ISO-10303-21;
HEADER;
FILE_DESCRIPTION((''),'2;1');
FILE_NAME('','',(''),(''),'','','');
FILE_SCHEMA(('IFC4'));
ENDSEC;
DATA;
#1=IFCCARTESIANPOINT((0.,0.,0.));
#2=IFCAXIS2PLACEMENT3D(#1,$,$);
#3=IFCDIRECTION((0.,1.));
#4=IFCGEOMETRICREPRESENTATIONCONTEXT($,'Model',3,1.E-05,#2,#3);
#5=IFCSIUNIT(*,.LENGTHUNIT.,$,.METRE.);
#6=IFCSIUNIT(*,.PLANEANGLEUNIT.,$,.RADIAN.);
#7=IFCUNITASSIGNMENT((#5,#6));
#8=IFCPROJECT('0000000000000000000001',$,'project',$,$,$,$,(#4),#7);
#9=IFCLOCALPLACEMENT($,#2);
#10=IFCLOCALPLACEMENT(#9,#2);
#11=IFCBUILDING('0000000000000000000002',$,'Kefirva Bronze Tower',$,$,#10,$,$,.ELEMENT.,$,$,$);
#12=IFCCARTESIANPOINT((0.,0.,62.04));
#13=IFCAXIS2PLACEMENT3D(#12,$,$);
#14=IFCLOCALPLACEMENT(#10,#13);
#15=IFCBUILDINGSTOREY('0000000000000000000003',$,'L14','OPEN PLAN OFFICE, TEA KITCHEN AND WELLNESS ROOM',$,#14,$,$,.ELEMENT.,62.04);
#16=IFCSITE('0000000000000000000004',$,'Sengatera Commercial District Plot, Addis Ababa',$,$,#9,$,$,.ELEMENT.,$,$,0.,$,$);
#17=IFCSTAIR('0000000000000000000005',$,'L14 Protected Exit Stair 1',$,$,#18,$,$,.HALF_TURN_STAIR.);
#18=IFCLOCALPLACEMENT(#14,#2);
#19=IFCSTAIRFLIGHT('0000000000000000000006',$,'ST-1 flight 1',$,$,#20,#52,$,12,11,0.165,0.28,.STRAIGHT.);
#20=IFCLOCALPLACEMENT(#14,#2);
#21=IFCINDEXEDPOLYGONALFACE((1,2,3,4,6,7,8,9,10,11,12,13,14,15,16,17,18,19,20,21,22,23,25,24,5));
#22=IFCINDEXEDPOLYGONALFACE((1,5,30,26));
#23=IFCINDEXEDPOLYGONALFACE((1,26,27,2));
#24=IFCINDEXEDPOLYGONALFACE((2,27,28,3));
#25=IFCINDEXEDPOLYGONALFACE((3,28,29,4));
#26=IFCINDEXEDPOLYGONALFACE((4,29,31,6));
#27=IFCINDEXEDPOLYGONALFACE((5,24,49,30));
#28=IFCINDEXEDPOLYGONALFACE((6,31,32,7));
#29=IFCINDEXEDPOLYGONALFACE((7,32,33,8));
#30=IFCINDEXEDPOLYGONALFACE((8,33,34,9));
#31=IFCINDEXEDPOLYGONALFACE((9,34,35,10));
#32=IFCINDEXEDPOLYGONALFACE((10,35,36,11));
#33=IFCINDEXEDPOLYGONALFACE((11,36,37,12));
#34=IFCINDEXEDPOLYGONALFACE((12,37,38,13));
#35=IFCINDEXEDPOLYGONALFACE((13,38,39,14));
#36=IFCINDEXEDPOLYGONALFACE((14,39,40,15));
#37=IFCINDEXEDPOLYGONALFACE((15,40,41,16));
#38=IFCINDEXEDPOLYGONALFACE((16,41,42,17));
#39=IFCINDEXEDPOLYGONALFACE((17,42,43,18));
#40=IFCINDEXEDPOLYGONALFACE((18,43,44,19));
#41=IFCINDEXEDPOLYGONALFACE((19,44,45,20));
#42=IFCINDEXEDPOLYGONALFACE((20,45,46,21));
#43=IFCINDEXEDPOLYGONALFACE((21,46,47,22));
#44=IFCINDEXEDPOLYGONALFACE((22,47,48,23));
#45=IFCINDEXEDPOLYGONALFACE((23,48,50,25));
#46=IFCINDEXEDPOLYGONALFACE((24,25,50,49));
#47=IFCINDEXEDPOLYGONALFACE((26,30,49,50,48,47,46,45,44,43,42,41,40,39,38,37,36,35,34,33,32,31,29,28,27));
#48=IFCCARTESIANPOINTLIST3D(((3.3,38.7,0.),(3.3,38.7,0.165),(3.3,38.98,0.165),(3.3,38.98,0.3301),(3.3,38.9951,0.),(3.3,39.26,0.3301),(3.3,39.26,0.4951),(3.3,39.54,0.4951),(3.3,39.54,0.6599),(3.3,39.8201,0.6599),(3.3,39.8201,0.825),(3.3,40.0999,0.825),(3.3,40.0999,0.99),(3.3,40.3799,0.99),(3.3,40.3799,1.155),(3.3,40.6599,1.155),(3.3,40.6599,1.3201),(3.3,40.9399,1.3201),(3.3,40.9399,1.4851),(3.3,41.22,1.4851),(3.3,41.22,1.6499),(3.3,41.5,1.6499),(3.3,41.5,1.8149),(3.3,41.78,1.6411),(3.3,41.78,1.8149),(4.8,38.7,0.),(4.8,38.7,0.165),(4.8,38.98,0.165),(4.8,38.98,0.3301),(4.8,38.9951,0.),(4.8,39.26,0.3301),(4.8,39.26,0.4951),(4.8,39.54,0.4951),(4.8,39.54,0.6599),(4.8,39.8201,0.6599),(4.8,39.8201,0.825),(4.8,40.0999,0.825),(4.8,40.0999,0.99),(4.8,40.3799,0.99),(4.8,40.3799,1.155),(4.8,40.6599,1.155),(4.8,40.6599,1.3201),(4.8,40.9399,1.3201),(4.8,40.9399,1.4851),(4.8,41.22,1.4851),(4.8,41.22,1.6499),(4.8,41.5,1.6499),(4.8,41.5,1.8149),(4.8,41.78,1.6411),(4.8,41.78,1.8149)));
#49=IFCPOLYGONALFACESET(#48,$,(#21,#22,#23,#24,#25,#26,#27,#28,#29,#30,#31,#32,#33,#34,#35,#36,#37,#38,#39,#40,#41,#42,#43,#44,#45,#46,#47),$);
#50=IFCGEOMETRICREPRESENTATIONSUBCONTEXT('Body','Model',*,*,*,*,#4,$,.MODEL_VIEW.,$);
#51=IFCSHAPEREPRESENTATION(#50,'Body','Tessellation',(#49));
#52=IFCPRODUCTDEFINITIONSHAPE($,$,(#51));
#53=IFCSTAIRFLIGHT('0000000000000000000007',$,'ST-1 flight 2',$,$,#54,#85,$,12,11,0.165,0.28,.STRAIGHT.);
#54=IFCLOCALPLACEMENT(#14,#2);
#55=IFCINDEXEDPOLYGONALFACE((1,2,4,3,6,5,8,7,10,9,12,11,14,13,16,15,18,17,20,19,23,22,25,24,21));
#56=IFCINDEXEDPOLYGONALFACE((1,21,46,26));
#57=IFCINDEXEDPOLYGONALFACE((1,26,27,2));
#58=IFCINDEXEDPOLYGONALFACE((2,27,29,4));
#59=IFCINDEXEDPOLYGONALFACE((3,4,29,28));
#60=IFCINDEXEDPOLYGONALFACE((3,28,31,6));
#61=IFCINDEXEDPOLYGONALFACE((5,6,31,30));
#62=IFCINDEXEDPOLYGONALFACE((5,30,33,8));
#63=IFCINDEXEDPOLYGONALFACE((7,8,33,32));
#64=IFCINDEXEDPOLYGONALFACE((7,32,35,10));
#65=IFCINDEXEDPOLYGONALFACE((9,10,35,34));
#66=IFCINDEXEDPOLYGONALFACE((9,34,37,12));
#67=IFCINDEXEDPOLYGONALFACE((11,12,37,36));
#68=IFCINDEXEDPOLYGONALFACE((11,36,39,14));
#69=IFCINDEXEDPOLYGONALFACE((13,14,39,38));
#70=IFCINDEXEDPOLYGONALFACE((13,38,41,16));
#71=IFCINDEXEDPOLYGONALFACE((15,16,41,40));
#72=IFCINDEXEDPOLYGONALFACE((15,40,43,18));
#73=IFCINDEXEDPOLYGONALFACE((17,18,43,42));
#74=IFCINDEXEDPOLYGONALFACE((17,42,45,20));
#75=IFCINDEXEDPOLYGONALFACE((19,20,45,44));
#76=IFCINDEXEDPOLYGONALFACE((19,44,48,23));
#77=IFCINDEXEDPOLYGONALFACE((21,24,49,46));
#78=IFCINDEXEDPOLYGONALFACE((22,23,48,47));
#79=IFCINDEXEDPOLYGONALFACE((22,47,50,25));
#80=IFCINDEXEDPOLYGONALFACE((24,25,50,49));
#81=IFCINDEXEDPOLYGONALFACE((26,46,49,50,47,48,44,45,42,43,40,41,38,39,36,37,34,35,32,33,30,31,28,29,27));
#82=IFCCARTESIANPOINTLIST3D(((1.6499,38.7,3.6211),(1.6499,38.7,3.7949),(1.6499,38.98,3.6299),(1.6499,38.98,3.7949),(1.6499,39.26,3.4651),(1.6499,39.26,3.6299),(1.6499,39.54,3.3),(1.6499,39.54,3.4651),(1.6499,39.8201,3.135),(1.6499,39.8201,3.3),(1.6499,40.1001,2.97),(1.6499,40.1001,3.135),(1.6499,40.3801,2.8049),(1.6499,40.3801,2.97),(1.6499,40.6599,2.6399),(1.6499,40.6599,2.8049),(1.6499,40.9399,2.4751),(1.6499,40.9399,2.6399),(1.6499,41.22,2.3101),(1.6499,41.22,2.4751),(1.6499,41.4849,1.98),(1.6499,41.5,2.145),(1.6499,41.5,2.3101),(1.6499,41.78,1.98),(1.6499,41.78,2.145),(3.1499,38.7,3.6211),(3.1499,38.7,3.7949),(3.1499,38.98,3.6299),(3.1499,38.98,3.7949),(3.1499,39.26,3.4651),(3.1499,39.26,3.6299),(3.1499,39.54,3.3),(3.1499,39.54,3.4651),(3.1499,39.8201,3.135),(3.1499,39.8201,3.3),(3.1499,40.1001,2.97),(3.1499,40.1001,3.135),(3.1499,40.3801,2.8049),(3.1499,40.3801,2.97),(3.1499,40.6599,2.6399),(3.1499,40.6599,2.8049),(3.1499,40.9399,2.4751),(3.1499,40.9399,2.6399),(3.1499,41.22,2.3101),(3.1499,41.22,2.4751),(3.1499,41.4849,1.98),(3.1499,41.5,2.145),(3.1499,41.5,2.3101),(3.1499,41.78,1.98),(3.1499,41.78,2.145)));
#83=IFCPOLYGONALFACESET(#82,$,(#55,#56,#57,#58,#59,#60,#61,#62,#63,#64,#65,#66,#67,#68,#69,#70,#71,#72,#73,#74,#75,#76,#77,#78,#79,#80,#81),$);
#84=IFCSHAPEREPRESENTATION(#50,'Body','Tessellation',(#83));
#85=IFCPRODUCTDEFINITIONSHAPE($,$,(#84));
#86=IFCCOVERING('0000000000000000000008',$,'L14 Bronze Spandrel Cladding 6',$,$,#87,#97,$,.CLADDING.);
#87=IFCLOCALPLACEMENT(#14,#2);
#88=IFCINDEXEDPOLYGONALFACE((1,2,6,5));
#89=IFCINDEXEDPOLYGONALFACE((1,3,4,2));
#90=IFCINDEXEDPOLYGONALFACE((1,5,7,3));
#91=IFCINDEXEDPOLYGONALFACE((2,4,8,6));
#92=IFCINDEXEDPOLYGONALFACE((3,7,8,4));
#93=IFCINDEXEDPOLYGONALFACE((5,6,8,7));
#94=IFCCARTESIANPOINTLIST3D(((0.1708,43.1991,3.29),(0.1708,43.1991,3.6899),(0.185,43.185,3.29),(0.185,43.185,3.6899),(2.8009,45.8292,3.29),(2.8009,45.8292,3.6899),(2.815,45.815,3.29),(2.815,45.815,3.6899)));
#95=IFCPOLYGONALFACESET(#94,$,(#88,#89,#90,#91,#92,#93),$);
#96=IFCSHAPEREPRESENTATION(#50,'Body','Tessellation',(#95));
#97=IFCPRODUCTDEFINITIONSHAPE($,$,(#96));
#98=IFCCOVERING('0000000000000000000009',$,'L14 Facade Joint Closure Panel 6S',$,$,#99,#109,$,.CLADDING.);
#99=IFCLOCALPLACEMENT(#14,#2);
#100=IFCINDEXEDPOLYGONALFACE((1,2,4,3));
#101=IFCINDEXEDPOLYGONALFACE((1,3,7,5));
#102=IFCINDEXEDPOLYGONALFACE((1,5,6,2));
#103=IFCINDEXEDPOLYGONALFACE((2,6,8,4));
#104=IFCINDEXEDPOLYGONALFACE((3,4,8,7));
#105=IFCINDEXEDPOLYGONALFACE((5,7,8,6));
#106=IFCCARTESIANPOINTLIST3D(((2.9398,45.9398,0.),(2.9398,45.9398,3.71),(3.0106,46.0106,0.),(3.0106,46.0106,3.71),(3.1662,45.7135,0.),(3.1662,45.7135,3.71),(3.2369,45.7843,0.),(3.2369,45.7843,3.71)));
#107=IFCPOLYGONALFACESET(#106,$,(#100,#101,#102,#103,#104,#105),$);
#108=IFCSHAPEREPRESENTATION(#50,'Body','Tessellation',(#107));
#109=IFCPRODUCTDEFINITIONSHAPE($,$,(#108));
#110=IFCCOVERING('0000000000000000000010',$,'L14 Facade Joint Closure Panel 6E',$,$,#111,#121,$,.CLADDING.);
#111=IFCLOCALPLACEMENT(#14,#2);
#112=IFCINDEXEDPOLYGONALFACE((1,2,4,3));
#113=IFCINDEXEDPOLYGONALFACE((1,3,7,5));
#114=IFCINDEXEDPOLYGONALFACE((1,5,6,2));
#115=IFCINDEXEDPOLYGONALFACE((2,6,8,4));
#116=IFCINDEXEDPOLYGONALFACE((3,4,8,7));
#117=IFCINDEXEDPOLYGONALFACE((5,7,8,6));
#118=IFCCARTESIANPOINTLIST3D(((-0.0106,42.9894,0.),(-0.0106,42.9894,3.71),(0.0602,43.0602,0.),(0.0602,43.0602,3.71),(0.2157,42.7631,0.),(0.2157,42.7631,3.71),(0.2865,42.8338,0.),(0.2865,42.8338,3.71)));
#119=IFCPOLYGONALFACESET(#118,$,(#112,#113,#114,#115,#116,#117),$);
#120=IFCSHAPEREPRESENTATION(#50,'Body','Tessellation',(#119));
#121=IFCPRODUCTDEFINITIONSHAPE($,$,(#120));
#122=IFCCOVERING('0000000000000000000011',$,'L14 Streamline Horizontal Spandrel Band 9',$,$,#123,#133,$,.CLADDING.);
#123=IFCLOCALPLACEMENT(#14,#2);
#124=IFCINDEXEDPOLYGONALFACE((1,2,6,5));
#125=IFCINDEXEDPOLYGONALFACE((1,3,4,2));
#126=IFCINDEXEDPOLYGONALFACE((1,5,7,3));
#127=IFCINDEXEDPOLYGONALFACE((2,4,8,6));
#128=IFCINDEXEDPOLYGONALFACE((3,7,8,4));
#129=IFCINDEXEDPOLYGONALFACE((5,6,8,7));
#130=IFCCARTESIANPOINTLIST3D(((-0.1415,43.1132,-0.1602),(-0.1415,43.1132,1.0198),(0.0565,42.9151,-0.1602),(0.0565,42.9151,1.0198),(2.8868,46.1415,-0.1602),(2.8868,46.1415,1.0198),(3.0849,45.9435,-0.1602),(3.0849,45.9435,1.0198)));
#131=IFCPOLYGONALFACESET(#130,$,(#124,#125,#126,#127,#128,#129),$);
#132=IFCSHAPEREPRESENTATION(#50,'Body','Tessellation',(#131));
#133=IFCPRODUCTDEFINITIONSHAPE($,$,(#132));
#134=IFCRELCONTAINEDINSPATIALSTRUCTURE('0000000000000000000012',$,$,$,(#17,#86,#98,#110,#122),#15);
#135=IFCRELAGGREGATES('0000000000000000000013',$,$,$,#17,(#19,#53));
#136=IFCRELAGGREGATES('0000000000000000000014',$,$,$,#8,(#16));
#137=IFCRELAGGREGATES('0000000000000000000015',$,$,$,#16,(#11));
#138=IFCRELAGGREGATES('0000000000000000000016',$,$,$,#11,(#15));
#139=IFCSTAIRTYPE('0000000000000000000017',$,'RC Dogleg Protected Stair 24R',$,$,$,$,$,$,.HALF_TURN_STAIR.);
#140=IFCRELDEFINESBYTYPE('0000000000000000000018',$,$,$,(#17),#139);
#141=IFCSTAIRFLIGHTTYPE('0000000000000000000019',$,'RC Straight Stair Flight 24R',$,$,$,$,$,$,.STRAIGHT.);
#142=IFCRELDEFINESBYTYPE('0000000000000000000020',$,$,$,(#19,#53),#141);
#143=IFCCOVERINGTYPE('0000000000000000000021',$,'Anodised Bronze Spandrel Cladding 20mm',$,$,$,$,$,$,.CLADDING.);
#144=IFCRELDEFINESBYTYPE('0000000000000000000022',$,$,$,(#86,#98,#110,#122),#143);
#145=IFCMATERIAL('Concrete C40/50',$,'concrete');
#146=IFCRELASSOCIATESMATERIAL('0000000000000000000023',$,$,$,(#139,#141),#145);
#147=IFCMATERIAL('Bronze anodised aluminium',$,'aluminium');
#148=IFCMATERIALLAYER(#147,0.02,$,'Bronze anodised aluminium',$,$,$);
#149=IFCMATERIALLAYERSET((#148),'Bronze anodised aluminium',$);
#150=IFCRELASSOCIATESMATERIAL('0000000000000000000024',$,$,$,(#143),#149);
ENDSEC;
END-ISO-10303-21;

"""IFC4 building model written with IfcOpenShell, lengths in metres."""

from ifc_helpers import new_model, si_unit, direction, frame, origin, origin_2d, place, context, subcontext, project, spatial, polyline, rectangle, outline, extrude, material, layer, layer_set, type_object, element, aggregate, save


model = new_model("IFC4")

# Units and contexts
model_context = context("Model", 3, precision=1e-05, world=origin(), true_north=direction((0.0, 1.0)))
body_context = subcontext(model_context, "Body", "Model", "MODEL_VIEW")
ifc_project = project(units=[si_unit("LENGTHUNIT", "METRE"), si_unit("PLANEANGLEUNIT", "RADIAN")], contexts=[model_context])

# Site, building, storey
site_placement = place(None, origin())
site = spatial("IfcSite", under=ifc_project, at=site_placement, Name="Sengatera Commercial District Plot, Addis Ababa", CompositionType="ELEMENT", RefElevation=0.0)
building_placement = place(site_placement, origin())
building = spatial("IfcBuilding", under=site, at=building_placement, Name="Kefirva Bronze Tower", CompositionType="ELEMENT")
storey_placement = place(building_placement, frame((0.0, 0.0, 62.04)))
storey = spatial("IfcBuildingStorey", under=building, at=storey_placement, Name="L14", Description="OPEN PLAN OFFICE, TEA KITCHEN AND WELLNESS ROOM", CompositionType="ELEMENT", Elevation=62.04)

# Shared definitions
ifc_material_1 = material(Name="Bronze anodised aluminium", Category="aluminium")

# Stair, stair flights
ifc_material_2 = material(Name="Concrete C40/50", Category="concrete")
stair_type = type_object("IfcStairType", Name="RC Dogleg Protected Stair 24R", PredefinedType="HALF_TURN_STAIR", material=ifc_material_2)
stair_placement = place(storey_placement, origin())
stair = element("IfcStair", 1, at=stair_placement, inside=storey, type_object=stair_type, Name="L14 Protected Exit Stair 1", PredefinedType="HALF_TURN_STAIR")
stair_flight_type = type_object("IfcStairFlightType", Name="RC Straight Stair Flight 24R", PredefinedType="STRAIGHT", material=ifc_material_2)
stair_flight_1_placement = place(storey_placement, frame((4.05, 38.7, 0.0), z_axis=(0.0, 0.0, 1.0), x_axis=(0.0, 1.0, 0.0)))
stair_flight_1 = element("IfcStairFlight", 2, at=stair_flight_1_placement, type_object=stair_flight_type, Name="ST-1 flight 1", NumberOfRisers=12, NumberOfTreads=11, PredefinedType="STRAIGHT", RiserHeight=0.165, TreadLength=0.28, context=body_context, shape_type="SweptSolid", body=[
    extrude(outline(polyline([(0.0, 0.0), (0.0, 0.165), (0.28, 0.165), (0.28, 0.3301), (0.5601, 0.3301), (0.5601, 0.4951), (0.8401, 0.4951), (0.8401, 0.6599), (1.1201, 0.6599), (1.1201, 0.825), (1.3999, 0.825), (1.3999, 0.99), (1.6799, 0.99), (1.6799, 1.155), (1.96, 1.155), (1.96, 1.3201), (2.24, 1.3201), (2.24, 1.4851), (2.52, 1.4851), (2.52, 1.6499), (2.8, 1.6499), (2.8, 1.8149), (3.0801, 1.8149), (3.0801, 1.98), (3.0801, 1.6411), (0.2952, 0.0), (0.0, 0.0)])), frame((0.0, 0.75, 0.0), z_axis=(0.0, -1.0, 0.0), x_axis=(1.0, 0.0, 0.0)), (0.0, 0.0, 1.0), 1.5),
])
stair_flight_2_placement = place(storey_placement, frame((2.3999, 41.78, 1.98), z_axis=(0.0, 0.0, 1.0), x_axis=(0.0, -1.0, 0.0)))
stair_flight_2 = element("IfcStairFlight", 3, at=stair_flight_2_placement, type_object=stair_flight_type, Name="ST-1 flight 2", NumberOfRisers=12, NumberOfTreads=11, PredefinedType="STRAIGHT", RiserHeight=0.165, TreadLength=0.28, context=body_context, shape_type="SweptSolid", body=[
    extrude(outline(polyline([(0.0, 0.0), (0.0, 0.165), (0.28, 0.165), (0.28, 0.3301), (0.5601, 0.3301), (0.5601, 0.4951), (0.8401, 0.4951), (0.8401, 0.6599), (1.1201, 0.6599), (1.1201, 0.825), (1.3999, 0.825), (1.3999, 0.99), (1.6799, 0.99), (1.6799, 1.155), (1.96, 1.155), (1.96, 1.3201), (2.24, 1.3201), (2.24, 1.4851), (2.52, 1.4851), (2.52, 1.6499), (2.8, 1.6499), (2.8, 1.8149), (3.0801, 1.8149), (3.0801, 1.98), (3.0801, 1.6411), (0.2952, 0.0), (0.0, 0.0)])), frame((0.0, 0.75, 0.0), z_axis=(0.0, -1.0, 0.0), x_axis=(1.0, 0.0, 0.0)), (0.0, 0.0, 1.0), 1.5),
])
aggregate(stair, [stair_flight_1, stair_flight_2])

# Coverings
ifc_layer_1 = layer(ifc_material_1, 0.02, Name="Bronze anodised aluminium")
ifc_layer_set_1 = layer_set([ifc_layer_1], Name="Bronze anodised aluminium")
covering_type_1 = type_object("IfcCoveringType", Name="Anodised Bronze Spandrel Cladding 20mm", PredefinedType="CLADDING", material=ifc_layer_set_1)
covering_1_placement = place(storey_placement, frame((1.4929, 44.5071, 3.29), z_axis=(0.0, 0.0, 1.0), x_axis=(-0.707107, -0.707107, 0.0)))
element("IfcCovering", 4, at=covering_1_placement, inside=storey, type_object=covering_type_1, Name="L14 Bronze Spandrel Cladding 6", PredefinedType="CLADDING", context=body_context, shape_type="SweptSolid", body=[
    extrude(rectangle(XDim=3.7195, YDim=0.02, at=origin_2d()), origin(), (0.0, 0.0, 1.0), 0.3999),
])
for number, where, z_axis, x_axis, name in (
    (5, (3.0884, 45.8621, 0.0), (0.0, 0.0, 1.0), (-0.707107, -0.707107, 0.0), "L14 Facade Joint Closure Panel 6S"),
    (6, (0.1379, 42.9116, 0.0), (0.0, 0.0, 1.0), (-0.707107, -0.707107, 0.0), "L14 Facade Joint Closure Panel 6E"),
):
    element("IfcCovering", number, at=place(storey_placement, frame(where, z_axis=z_axis, x_axis=x_axis)), inside=storey, type_object=covering_type_1, Name=name, PredefinedType="CLADDING", context=body_context, shape_type="SweptSolid", body=[
        extrude(rectangle(XDim=0.1001, YDim=0.3201, at=origin_2d()), origin(), (0.0, 0.0, 1.0), 3.71),
    ])
covering_2_placement = place(storey_placement, frame((1.4717, 44.5283, -0.1602), z_axis=(0.0, 0.0, 1.0), x_axis=(-0.707107, -0.707107, 0.0)))
element("IfcCovering", 7, at=covering_2_placement, inside=storey, type_object=covering_type_1, Name="L14 Streamline Horizontal Spandrel Band 9", PredefinedType="CLADDING", context=body_context, shape_type="SweptSolid", body=[
    extrude(rectangle(XDim=4.2827, YDim=0.28, at=origin_2d()), origin(), (0.0, 0.0, 1.0), 1.1799),
])

save(model, "model.ifc")
